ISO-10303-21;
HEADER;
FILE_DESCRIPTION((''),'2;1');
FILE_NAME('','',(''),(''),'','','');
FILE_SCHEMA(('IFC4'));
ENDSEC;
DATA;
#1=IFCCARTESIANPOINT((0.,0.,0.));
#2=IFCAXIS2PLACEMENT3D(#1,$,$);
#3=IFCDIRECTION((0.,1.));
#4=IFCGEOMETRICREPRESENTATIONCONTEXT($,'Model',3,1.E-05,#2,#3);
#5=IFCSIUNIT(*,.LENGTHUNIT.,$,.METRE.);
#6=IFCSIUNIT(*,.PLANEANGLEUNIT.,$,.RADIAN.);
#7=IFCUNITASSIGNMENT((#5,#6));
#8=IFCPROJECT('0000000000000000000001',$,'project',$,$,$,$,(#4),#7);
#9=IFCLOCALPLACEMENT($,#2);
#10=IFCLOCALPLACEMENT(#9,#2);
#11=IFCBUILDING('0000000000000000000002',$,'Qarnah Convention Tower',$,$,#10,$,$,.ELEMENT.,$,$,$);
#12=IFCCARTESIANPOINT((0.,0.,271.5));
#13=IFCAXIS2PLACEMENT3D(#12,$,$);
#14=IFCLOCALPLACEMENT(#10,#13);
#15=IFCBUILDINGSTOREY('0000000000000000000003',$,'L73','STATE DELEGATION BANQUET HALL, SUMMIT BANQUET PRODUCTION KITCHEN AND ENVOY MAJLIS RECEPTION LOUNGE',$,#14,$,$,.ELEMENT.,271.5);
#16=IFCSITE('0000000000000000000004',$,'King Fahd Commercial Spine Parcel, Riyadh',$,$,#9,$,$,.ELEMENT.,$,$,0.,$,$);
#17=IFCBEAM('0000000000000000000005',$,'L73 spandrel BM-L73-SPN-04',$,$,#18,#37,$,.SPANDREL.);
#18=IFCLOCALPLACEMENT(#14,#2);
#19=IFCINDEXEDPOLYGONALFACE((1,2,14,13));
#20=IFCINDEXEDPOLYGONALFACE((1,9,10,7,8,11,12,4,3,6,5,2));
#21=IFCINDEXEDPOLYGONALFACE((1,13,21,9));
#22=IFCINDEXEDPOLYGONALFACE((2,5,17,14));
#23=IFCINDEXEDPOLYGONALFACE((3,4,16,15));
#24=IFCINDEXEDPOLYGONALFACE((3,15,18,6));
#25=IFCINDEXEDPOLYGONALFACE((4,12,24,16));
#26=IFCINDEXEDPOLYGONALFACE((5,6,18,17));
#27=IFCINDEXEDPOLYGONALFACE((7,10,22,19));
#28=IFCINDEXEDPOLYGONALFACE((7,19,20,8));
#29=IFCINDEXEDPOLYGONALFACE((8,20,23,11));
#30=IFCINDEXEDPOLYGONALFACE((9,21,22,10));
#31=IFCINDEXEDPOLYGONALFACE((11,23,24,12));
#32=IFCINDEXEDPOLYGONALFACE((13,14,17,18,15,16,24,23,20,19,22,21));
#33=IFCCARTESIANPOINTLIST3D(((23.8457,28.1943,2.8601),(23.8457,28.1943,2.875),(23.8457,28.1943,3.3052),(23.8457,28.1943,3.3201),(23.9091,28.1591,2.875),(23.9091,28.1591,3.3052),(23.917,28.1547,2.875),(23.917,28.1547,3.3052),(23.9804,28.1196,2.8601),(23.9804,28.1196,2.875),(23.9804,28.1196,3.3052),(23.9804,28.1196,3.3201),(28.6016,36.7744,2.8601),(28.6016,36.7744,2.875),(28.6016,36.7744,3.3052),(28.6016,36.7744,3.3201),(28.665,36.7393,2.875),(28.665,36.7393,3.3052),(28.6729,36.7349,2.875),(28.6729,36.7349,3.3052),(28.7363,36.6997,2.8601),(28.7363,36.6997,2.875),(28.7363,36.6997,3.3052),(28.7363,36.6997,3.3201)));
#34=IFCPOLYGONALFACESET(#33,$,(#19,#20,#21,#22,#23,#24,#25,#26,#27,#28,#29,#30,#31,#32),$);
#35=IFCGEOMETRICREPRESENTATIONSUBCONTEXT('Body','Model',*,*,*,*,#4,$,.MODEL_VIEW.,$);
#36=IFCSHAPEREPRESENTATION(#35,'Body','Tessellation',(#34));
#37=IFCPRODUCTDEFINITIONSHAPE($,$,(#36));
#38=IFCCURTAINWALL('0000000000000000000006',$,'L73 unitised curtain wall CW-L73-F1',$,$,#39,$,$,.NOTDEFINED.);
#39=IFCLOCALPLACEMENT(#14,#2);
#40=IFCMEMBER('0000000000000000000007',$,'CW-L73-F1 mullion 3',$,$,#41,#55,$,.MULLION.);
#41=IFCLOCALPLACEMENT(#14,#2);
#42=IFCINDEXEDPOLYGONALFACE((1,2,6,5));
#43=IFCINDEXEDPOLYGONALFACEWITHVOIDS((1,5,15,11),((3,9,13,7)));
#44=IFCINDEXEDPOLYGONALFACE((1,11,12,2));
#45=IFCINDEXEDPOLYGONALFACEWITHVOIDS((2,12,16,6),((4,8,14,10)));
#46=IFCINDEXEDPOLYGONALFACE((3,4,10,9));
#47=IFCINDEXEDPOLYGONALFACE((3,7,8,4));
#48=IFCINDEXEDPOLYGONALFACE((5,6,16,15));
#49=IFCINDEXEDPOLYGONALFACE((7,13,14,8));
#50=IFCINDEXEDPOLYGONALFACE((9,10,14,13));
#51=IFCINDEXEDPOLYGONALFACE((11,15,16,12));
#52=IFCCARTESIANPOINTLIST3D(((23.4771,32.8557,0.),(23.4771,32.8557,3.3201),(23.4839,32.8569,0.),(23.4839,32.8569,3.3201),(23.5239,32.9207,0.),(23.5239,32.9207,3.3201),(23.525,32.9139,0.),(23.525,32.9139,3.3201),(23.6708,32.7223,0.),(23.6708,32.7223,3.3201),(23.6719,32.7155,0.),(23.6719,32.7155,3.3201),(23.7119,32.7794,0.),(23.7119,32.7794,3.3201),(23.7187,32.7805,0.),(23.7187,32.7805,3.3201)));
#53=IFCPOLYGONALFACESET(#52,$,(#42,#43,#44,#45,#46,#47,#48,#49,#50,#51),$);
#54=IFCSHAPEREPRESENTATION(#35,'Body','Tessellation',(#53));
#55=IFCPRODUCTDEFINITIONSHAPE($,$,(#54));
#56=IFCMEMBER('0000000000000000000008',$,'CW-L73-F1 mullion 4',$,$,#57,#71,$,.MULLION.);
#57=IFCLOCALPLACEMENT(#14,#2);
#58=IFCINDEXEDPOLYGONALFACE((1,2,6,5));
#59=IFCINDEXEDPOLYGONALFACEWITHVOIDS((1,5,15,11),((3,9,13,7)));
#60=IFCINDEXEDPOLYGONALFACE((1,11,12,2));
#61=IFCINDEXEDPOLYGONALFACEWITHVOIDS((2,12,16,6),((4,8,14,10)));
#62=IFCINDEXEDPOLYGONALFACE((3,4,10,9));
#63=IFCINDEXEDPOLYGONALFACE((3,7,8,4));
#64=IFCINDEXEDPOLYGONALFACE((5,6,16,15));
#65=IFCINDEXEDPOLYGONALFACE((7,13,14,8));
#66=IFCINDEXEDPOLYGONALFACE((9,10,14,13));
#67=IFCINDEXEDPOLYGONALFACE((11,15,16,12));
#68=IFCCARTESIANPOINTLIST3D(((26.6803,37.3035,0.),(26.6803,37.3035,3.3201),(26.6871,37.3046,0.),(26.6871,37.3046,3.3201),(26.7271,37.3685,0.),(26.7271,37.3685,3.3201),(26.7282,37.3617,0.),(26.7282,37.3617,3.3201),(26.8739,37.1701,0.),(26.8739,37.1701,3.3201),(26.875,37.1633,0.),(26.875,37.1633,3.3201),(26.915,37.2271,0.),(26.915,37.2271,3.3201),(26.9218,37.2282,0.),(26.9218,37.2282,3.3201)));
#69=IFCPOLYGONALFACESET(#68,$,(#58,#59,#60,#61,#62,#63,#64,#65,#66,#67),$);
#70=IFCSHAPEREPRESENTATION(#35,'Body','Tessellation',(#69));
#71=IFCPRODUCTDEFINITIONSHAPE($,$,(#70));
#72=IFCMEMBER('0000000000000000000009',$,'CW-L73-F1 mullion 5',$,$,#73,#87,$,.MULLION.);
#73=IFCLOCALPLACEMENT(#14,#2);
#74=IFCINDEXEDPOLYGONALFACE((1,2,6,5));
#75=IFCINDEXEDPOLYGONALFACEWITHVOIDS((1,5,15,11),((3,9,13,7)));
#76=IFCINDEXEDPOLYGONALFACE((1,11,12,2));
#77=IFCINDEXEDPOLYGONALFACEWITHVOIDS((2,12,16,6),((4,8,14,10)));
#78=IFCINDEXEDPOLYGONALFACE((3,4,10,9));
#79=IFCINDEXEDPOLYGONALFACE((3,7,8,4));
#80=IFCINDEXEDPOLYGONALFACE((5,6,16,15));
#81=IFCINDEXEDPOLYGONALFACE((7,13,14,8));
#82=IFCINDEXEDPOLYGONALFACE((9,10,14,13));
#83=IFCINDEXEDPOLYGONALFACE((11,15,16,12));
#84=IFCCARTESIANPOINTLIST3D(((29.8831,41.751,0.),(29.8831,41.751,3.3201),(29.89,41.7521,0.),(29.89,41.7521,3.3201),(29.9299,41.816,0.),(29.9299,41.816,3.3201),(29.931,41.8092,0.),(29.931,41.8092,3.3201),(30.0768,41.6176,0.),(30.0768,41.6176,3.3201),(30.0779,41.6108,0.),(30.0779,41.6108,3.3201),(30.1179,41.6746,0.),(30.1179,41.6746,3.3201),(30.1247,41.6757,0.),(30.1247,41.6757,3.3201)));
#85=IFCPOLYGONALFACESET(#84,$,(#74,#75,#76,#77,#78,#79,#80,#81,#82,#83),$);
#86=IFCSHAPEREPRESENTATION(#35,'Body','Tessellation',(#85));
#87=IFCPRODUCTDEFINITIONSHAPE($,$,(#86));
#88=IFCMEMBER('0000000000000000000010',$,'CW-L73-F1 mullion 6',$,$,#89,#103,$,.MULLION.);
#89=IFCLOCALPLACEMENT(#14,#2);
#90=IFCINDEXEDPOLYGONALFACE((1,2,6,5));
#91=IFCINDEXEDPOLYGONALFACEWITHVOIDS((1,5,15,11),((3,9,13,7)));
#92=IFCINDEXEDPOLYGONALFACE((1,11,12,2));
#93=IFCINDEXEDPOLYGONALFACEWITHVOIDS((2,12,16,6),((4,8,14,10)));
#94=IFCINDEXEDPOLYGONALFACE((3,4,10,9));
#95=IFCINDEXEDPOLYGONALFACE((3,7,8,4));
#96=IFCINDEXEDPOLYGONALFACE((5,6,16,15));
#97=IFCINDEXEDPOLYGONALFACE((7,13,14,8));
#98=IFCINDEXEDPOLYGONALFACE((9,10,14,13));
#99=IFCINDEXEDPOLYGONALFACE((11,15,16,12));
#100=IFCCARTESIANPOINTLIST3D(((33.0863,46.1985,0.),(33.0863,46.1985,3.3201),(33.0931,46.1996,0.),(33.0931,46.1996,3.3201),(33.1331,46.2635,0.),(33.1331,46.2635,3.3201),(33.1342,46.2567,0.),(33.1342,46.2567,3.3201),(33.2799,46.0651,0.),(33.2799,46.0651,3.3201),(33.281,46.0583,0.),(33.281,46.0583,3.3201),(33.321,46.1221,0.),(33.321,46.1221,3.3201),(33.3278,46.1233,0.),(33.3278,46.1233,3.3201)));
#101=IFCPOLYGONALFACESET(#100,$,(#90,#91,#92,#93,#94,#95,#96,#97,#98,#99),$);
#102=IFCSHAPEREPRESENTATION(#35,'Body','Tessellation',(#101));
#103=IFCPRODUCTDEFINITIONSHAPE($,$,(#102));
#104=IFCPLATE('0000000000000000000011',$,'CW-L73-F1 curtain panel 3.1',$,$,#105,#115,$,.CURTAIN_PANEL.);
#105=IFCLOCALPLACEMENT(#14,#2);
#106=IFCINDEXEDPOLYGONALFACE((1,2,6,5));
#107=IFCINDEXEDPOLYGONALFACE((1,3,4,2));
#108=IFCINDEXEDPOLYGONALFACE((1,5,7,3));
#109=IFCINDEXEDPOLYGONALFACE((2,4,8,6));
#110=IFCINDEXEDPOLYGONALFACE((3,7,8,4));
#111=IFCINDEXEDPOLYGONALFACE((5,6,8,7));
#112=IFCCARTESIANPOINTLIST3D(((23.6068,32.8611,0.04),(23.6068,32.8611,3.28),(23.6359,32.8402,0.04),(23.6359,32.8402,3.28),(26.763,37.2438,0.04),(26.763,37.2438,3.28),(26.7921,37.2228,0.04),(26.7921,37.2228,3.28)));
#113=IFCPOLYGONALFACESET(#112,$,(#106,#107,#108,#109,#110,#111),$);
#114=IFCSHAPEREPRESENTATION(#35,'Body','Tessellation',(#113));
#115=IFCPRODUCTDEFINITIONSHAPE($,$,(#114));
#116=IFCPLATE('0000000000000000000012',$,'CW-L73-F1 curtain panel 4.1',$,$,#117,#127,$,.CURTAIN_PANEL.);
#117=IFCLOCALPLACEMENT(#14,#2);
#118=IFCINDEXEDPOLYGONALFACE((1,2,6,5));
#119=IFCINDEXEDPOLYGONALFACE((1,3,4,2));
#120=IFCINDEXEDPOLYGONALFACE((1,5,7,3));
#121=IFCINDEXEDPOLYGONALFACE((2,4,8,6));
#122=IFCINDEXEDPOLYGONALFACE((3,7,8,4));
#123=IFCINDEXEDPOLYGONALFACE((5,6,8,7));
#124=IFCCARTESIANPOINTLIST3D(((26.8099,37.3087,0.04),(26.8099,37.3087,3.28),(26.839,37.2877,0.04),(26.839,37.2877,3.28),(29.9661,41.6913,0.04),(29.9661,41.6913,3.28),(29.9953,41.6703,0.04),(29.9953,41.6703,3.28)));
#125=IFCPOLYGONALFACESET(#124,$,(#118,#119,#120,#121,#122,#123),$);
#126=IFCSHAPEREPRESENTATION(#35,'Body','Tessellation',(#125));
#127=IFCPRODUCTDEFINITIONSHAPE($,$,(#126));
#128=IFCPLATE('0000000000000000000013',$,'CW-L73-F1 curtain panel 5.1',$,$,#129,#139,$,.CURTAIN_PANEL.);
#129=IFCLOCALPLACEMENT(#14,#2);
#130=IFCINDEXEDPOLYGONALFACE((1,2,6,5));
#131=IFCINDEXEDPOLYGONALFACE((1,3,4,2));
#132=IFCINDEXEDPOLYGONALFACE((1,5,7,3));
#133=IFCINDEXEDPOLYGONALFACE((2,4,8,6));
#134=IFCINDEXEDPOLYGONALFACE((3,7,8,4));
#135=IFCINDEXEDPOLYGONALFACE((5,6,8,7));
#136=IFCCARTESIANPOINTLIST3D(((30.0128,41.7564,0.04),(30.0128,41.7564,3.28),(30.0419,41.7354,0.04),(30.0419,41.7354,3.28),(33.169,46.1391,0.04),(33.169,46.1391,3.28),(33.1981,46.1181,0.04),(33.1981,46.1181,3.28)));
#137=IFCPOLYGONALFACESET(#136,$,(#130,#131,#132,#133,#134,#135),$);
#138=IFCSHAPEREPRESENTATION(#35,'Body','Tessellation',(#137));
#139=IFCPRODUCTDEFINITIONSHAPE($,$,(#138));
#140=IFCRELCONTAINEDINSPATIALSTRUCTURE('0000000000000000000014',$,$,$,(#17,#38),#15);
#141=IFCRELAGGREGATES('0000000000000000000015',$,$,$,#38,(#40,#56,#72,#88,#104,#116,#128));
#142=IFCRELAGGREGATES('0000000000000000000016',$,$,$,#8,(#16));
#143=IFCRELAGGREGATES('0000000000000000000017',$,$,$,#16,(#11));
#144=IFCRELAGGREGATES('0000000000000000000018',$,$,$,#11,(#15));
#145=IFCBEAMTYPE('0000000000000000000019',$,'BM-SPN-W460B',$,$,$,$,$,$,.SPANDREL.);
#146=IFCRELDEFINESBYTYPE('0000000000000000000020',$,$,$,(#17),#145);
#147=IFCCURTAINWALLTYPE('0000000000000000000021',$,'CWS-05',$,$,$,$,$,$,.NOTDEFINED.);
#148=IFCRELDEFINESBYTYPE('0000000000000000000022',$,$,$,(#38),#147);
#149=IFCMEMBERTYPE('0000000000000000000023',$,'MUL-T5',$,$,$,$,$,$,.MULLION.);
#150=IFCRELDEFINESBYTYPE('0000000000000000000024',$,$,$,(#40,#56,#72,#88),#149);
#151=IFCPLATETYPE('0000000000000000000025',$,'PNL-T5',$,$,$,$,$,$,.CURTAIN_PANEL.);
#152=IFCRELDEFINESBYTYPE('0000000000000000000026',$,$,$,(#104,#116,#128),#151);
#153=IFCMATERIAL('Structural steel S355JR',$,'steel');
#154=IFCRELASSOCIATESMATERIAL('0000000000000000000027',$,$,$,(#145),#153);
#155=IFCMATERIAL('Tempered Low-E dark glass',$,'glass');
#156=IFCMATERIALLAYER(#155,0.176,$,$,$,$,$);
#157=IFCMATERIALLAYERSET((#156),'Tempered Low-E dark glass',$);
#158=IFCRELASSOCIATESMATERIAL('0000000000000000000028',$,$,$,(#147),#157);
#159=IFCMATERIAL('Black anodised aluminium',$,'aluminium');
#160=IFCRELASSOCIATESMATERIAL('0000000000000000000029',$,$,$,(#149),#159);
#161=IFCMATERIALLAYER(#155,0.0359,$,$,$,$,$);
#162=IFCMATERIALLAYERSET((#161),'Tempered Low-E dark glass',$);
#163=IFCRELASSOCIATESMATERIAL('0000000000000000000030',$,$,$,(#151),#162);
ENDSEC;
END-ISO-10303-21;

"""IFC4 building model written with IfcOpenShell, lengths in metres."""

from ifc_helpers import new_model, si_unit, direction, frame, origin, origin_2d, place, context, subcontext, project, spatial, rectangle, hollow_rectangle, i_section, extrude, material, layer, layer_set, material_profile, profile_set, type_object, element, aggregate, save


model = new_model("IFC4")

# Units and contexts
model_context = context("Model", 3, precision=1e-05, world=origin(), true_north=direction((0.0, 1.0)))
body_context = subcontext(model_context, "Body", "Model", "MODEL_VIEW")
ifc_project = project(units=[si_unit("LENGTHUNIT", "METRE"), si_unit("PLANEANGLEUNIT", "RADIAN")], contexts=[model_context])

# Site, building, storey
site_placement = place(None, origin())
site = spatial("IfcSite", under=ifc_project, at=site_placement, Name="King Fahd Commercial Spine Parcel, Riyadh", CompositionType="ELEMENT", RefElevation=0.0)
building_placement = place(site_placement, origin())
building = spatial("IfcBuilding", under=site, at=building_placement, Name="Qarnah Convention Tower", CompositionType="ELEMENT")
storey_placement = place(building_placement, frame((0.0, 0.0, 271.5)))
storey = spatial("IfcBuildingStorey", under=building, at=storey_placement, Name="L73", Description="STATE DELEGATION BANQUET HALL, SUMMIT BANQUET PRODUCTION KITCHEN AND ENVOY MAJLIS RECEPTION LOUNGE", CompositionType="ELEMENT", Elevation=271.5)

# Beam
ifc_material_1 = material(Name="Structural steel S355JR", Category="steel")
ifc_material_profile_1 = material_profile(ifc_material_1, i_section(OverallWidth=0.1541, OverallDepth=0.46, WebThickness=0.009, FlangeThickness=0.0149, at=origin_2d()), Name="W460X68")
ifc_profile_set_1 = profile_set([ifc_material_profile_1], Name="Structural steel S355JR")
beam_type_1 = type_object("IfcBeamType", Name="BM-SPN-W460B", PredefinedType="SPANDREL", material=ifc_profile_set_1)
beam_1_placement = place(storey_placement, frame((28.6689, 36.7371, 3.0901), z_axis=(-0.484797, -0.874626, 0.0), x_axis=(0.874626, -0.484797, 0.0)))
element("IfcBeam", 1, at=beam_1_placement, inside=storey, type_object=beam_type_1, Name="L73 spandrel BM-L73-SPN-04", PredefinedType="SPANDREL", context=body_context, shape_type="SweptSolid", body=[
    extrude(i_section(OverallWidth=0.1541, OverallDepth=0.46, WebThickness=0.009, FlangeThickness=0.0149, at=origin_2d()), origin(), (0.0, 0.0, 1.0), 9.8101),
])

# Curtain wall, members, plates
ifc_material_2 = material(Name="Tempered Low-E dark glass", Category="glass")
ifc_layer_1 = layer(ifc_material_2, 0.176)
ifc_layer_set_1 = layer_set([ifc_layer_1], Name="Tempered Low-E dark glass")
curtain_wall_type = type_object("IfcCurtainWallType", Name="CWS-05", PredefinedType="NOTDEFINED", material=ifc_layer_set_1)
curtain_wall_placement = place(storey_placement, origin())
curtain_wall = element("IfcCurtainWall", 2, at=curtain_wall_placement, inside=storey, type_object=curtain_wall_type, Name="L73 unitised curtain wall CW-L73-F1", PredefinedType="NOTDEFINED")
ifc_material_3 = material(Name="Black anodised aluminium", Category="aluminium")
ifc_material_profile_2 = material_profile(ifc_material_3, hollow_rectangle(XDim=0.0801, YDim=0.24, WallThickness=0.0049, at=origin_2d()), Name="MUL-80X240")
ifc_profile_set_2 = profile_set([ifc_material_profile_2], Name="Black anodised aluminium")
member_type = type_object("IfcMemberType", Name="MUL-T5", PredefinedType="MULLION", material=ifc_profile_set_2)
member_1_placement = place(storey_placement, frame((23.5979, 32.8181, 0.0), z_axis=(0.0, 0.0, 1.0), x_axis=(0.584392, 0.811471, 0.0)))
member_1 = element("IfcMember", 3, at=member_1_placement, type_object=member_type, Name="CW-L73-F1 mullion 3", PredefinedType="MULLION", context=body_context, shape_type="SweptSolid", body=[
    extrude(hollow_rectangle(XDim=0.0801, YDim=0.24, WallThickness=0.0049, at=origin_2d()), origin(), (0.0, 0.0, 1.0), 3.3201),
])
member_2_placement = place(storey_placement, frame((26.801, 37.2659, 0.0), z_axis=(0.0, 0.0, 1.0), x_axis=(0.584392, 0.811471, 0.0)))
member_2 = element("IfcMember", 4, at=member_2_placement, type_object=member_type, Name="CW-L73-F1 mullion 4", PredefinedType="MULLION", context=body_context, shape_type="SweptSolid", body=[
    extrude(hollow_rectangle(XDim=0.0801, YDim=0.24, WallThickness=0.0049, at=origin_2d()), origin(), (0.0, 0.0, 1.0), 3.3201),
])
member_3_placement = place(storey_placement, frame((30.0039, 41.7134, 0.0), z_axis=(0.0, 0.0, 1.0), x_axis=(0.584392, 0.811471, 0.0)))
member_3 = element("IfcMember", 5, at=member_3_placement, type_object=member_type, Name="CW-L73-F1 mullion 5", PredefinedType="MULLION", context=body_context, shape_type="SweptSolid", body=[
    extrude(hollow_rectangle(XDim=0.0801, YDim=0.24, WallThickness=0.0049, at=origin_2d()), origin(), (0.0, 0.0, 1.0), 3.3201),
])
member_4_placement = place(storey_placement, frame((33.207, 46.1609, 0.0), z_axis=(0.0, 0.0, 1.0), x_axis=(0.584392, 0.811471, 0.0)))
member_4 = element("IfcMember", 6, at=member_4_placement, type_object=member_type, Name="CW-L73-F1 mullion 6", PredefinedType="MULLION", context=body_context, shape_type="SweptSolid", body=[
    extrude(hollow_rectangle(XDim=0.0801, YDim=0.24, WallThickness=0.0049, at=origin_2d()), origin(), (0.0, 0.0, 1.0), 3.3201),
])
ifc_layer_2 = layer(ifc_material_2, 0.0359)
ifc_layer_set_2 = layer_set([ifc_layer_2], Name="Tempered Low-E dark glass")
plate_type = type_object("IfcPlateType", Name="PNL-T5", PredefinedType="CURTAIN_PANEL", material=ifc_layer_set_2)
plate_1_placement = place(storey_placement, frame((25.1995, 35.042, 0.04), z_axis=(0.0, 0.0, 1.0), x_axis=(0.584392, 0.811471, 0.0)))
plate_1 = element("IfcPlate", 7, at=plate_1_placement, type_object=plate_type, Name="CW-L73-F1 curtain panel 3.1", PredefinedType="CURTAIN_PANEL", context=body_context, shape_type="SweptSolid", body=[
    extrude(rectangle(XDim=5.4009, YDim=0.0359, at=origin_2d()), origin(), (0.0, 0.0, 1.0), 3.24),
])
plate_2_placement = place(storey_placement, frame((28.4026, 39.4895, 0.04), z_axis=(0.0, 0.0, 1.0), x_axis=(0.584392, 0.811471, 0.0)))
plate_2 = element("IfcPlate", 8, at=plate_2_placement, type_object=plate_type, Name="CW-L73-F1 curtain panel 4.1", PredefinedType="CURTAIN_PANEL", context=body_context, shape_type="SweptSolid", body=[
    extrude(rectangle(XDim=5.4009, YDim=0.0359, at=origin_2d()), origin(), (0.0, 0.0, 1.0), 3.24),
])
plate_3_placement = place(storey_placement, frame((31.6055, 43.9373, 0.04), z_axis=(0.0, 0.0, 1.0), x_axis=(0.584392, 0.811471, 0.0)))
plate_3 = element("IfcPlate", 9, at=plate_3_placement, type_object=plate_type, Name="CW-L73-F1 curtain panel 5.1", PredefinedType="CURTAIN_PANEL", context=body_context, shape_type="SweptSolid", body=[
    extrude(rectangle(XDim=5.4009, YDim=0.0359, at=origin_2d()), origin(), (0.0, 0.0, 1.0), 3.24),
])
aggregate(curtain_wall, [member_1, member_2, member_3, member_4, plate_1, plate_2, plate_3])

save(model, "model.ifc")
